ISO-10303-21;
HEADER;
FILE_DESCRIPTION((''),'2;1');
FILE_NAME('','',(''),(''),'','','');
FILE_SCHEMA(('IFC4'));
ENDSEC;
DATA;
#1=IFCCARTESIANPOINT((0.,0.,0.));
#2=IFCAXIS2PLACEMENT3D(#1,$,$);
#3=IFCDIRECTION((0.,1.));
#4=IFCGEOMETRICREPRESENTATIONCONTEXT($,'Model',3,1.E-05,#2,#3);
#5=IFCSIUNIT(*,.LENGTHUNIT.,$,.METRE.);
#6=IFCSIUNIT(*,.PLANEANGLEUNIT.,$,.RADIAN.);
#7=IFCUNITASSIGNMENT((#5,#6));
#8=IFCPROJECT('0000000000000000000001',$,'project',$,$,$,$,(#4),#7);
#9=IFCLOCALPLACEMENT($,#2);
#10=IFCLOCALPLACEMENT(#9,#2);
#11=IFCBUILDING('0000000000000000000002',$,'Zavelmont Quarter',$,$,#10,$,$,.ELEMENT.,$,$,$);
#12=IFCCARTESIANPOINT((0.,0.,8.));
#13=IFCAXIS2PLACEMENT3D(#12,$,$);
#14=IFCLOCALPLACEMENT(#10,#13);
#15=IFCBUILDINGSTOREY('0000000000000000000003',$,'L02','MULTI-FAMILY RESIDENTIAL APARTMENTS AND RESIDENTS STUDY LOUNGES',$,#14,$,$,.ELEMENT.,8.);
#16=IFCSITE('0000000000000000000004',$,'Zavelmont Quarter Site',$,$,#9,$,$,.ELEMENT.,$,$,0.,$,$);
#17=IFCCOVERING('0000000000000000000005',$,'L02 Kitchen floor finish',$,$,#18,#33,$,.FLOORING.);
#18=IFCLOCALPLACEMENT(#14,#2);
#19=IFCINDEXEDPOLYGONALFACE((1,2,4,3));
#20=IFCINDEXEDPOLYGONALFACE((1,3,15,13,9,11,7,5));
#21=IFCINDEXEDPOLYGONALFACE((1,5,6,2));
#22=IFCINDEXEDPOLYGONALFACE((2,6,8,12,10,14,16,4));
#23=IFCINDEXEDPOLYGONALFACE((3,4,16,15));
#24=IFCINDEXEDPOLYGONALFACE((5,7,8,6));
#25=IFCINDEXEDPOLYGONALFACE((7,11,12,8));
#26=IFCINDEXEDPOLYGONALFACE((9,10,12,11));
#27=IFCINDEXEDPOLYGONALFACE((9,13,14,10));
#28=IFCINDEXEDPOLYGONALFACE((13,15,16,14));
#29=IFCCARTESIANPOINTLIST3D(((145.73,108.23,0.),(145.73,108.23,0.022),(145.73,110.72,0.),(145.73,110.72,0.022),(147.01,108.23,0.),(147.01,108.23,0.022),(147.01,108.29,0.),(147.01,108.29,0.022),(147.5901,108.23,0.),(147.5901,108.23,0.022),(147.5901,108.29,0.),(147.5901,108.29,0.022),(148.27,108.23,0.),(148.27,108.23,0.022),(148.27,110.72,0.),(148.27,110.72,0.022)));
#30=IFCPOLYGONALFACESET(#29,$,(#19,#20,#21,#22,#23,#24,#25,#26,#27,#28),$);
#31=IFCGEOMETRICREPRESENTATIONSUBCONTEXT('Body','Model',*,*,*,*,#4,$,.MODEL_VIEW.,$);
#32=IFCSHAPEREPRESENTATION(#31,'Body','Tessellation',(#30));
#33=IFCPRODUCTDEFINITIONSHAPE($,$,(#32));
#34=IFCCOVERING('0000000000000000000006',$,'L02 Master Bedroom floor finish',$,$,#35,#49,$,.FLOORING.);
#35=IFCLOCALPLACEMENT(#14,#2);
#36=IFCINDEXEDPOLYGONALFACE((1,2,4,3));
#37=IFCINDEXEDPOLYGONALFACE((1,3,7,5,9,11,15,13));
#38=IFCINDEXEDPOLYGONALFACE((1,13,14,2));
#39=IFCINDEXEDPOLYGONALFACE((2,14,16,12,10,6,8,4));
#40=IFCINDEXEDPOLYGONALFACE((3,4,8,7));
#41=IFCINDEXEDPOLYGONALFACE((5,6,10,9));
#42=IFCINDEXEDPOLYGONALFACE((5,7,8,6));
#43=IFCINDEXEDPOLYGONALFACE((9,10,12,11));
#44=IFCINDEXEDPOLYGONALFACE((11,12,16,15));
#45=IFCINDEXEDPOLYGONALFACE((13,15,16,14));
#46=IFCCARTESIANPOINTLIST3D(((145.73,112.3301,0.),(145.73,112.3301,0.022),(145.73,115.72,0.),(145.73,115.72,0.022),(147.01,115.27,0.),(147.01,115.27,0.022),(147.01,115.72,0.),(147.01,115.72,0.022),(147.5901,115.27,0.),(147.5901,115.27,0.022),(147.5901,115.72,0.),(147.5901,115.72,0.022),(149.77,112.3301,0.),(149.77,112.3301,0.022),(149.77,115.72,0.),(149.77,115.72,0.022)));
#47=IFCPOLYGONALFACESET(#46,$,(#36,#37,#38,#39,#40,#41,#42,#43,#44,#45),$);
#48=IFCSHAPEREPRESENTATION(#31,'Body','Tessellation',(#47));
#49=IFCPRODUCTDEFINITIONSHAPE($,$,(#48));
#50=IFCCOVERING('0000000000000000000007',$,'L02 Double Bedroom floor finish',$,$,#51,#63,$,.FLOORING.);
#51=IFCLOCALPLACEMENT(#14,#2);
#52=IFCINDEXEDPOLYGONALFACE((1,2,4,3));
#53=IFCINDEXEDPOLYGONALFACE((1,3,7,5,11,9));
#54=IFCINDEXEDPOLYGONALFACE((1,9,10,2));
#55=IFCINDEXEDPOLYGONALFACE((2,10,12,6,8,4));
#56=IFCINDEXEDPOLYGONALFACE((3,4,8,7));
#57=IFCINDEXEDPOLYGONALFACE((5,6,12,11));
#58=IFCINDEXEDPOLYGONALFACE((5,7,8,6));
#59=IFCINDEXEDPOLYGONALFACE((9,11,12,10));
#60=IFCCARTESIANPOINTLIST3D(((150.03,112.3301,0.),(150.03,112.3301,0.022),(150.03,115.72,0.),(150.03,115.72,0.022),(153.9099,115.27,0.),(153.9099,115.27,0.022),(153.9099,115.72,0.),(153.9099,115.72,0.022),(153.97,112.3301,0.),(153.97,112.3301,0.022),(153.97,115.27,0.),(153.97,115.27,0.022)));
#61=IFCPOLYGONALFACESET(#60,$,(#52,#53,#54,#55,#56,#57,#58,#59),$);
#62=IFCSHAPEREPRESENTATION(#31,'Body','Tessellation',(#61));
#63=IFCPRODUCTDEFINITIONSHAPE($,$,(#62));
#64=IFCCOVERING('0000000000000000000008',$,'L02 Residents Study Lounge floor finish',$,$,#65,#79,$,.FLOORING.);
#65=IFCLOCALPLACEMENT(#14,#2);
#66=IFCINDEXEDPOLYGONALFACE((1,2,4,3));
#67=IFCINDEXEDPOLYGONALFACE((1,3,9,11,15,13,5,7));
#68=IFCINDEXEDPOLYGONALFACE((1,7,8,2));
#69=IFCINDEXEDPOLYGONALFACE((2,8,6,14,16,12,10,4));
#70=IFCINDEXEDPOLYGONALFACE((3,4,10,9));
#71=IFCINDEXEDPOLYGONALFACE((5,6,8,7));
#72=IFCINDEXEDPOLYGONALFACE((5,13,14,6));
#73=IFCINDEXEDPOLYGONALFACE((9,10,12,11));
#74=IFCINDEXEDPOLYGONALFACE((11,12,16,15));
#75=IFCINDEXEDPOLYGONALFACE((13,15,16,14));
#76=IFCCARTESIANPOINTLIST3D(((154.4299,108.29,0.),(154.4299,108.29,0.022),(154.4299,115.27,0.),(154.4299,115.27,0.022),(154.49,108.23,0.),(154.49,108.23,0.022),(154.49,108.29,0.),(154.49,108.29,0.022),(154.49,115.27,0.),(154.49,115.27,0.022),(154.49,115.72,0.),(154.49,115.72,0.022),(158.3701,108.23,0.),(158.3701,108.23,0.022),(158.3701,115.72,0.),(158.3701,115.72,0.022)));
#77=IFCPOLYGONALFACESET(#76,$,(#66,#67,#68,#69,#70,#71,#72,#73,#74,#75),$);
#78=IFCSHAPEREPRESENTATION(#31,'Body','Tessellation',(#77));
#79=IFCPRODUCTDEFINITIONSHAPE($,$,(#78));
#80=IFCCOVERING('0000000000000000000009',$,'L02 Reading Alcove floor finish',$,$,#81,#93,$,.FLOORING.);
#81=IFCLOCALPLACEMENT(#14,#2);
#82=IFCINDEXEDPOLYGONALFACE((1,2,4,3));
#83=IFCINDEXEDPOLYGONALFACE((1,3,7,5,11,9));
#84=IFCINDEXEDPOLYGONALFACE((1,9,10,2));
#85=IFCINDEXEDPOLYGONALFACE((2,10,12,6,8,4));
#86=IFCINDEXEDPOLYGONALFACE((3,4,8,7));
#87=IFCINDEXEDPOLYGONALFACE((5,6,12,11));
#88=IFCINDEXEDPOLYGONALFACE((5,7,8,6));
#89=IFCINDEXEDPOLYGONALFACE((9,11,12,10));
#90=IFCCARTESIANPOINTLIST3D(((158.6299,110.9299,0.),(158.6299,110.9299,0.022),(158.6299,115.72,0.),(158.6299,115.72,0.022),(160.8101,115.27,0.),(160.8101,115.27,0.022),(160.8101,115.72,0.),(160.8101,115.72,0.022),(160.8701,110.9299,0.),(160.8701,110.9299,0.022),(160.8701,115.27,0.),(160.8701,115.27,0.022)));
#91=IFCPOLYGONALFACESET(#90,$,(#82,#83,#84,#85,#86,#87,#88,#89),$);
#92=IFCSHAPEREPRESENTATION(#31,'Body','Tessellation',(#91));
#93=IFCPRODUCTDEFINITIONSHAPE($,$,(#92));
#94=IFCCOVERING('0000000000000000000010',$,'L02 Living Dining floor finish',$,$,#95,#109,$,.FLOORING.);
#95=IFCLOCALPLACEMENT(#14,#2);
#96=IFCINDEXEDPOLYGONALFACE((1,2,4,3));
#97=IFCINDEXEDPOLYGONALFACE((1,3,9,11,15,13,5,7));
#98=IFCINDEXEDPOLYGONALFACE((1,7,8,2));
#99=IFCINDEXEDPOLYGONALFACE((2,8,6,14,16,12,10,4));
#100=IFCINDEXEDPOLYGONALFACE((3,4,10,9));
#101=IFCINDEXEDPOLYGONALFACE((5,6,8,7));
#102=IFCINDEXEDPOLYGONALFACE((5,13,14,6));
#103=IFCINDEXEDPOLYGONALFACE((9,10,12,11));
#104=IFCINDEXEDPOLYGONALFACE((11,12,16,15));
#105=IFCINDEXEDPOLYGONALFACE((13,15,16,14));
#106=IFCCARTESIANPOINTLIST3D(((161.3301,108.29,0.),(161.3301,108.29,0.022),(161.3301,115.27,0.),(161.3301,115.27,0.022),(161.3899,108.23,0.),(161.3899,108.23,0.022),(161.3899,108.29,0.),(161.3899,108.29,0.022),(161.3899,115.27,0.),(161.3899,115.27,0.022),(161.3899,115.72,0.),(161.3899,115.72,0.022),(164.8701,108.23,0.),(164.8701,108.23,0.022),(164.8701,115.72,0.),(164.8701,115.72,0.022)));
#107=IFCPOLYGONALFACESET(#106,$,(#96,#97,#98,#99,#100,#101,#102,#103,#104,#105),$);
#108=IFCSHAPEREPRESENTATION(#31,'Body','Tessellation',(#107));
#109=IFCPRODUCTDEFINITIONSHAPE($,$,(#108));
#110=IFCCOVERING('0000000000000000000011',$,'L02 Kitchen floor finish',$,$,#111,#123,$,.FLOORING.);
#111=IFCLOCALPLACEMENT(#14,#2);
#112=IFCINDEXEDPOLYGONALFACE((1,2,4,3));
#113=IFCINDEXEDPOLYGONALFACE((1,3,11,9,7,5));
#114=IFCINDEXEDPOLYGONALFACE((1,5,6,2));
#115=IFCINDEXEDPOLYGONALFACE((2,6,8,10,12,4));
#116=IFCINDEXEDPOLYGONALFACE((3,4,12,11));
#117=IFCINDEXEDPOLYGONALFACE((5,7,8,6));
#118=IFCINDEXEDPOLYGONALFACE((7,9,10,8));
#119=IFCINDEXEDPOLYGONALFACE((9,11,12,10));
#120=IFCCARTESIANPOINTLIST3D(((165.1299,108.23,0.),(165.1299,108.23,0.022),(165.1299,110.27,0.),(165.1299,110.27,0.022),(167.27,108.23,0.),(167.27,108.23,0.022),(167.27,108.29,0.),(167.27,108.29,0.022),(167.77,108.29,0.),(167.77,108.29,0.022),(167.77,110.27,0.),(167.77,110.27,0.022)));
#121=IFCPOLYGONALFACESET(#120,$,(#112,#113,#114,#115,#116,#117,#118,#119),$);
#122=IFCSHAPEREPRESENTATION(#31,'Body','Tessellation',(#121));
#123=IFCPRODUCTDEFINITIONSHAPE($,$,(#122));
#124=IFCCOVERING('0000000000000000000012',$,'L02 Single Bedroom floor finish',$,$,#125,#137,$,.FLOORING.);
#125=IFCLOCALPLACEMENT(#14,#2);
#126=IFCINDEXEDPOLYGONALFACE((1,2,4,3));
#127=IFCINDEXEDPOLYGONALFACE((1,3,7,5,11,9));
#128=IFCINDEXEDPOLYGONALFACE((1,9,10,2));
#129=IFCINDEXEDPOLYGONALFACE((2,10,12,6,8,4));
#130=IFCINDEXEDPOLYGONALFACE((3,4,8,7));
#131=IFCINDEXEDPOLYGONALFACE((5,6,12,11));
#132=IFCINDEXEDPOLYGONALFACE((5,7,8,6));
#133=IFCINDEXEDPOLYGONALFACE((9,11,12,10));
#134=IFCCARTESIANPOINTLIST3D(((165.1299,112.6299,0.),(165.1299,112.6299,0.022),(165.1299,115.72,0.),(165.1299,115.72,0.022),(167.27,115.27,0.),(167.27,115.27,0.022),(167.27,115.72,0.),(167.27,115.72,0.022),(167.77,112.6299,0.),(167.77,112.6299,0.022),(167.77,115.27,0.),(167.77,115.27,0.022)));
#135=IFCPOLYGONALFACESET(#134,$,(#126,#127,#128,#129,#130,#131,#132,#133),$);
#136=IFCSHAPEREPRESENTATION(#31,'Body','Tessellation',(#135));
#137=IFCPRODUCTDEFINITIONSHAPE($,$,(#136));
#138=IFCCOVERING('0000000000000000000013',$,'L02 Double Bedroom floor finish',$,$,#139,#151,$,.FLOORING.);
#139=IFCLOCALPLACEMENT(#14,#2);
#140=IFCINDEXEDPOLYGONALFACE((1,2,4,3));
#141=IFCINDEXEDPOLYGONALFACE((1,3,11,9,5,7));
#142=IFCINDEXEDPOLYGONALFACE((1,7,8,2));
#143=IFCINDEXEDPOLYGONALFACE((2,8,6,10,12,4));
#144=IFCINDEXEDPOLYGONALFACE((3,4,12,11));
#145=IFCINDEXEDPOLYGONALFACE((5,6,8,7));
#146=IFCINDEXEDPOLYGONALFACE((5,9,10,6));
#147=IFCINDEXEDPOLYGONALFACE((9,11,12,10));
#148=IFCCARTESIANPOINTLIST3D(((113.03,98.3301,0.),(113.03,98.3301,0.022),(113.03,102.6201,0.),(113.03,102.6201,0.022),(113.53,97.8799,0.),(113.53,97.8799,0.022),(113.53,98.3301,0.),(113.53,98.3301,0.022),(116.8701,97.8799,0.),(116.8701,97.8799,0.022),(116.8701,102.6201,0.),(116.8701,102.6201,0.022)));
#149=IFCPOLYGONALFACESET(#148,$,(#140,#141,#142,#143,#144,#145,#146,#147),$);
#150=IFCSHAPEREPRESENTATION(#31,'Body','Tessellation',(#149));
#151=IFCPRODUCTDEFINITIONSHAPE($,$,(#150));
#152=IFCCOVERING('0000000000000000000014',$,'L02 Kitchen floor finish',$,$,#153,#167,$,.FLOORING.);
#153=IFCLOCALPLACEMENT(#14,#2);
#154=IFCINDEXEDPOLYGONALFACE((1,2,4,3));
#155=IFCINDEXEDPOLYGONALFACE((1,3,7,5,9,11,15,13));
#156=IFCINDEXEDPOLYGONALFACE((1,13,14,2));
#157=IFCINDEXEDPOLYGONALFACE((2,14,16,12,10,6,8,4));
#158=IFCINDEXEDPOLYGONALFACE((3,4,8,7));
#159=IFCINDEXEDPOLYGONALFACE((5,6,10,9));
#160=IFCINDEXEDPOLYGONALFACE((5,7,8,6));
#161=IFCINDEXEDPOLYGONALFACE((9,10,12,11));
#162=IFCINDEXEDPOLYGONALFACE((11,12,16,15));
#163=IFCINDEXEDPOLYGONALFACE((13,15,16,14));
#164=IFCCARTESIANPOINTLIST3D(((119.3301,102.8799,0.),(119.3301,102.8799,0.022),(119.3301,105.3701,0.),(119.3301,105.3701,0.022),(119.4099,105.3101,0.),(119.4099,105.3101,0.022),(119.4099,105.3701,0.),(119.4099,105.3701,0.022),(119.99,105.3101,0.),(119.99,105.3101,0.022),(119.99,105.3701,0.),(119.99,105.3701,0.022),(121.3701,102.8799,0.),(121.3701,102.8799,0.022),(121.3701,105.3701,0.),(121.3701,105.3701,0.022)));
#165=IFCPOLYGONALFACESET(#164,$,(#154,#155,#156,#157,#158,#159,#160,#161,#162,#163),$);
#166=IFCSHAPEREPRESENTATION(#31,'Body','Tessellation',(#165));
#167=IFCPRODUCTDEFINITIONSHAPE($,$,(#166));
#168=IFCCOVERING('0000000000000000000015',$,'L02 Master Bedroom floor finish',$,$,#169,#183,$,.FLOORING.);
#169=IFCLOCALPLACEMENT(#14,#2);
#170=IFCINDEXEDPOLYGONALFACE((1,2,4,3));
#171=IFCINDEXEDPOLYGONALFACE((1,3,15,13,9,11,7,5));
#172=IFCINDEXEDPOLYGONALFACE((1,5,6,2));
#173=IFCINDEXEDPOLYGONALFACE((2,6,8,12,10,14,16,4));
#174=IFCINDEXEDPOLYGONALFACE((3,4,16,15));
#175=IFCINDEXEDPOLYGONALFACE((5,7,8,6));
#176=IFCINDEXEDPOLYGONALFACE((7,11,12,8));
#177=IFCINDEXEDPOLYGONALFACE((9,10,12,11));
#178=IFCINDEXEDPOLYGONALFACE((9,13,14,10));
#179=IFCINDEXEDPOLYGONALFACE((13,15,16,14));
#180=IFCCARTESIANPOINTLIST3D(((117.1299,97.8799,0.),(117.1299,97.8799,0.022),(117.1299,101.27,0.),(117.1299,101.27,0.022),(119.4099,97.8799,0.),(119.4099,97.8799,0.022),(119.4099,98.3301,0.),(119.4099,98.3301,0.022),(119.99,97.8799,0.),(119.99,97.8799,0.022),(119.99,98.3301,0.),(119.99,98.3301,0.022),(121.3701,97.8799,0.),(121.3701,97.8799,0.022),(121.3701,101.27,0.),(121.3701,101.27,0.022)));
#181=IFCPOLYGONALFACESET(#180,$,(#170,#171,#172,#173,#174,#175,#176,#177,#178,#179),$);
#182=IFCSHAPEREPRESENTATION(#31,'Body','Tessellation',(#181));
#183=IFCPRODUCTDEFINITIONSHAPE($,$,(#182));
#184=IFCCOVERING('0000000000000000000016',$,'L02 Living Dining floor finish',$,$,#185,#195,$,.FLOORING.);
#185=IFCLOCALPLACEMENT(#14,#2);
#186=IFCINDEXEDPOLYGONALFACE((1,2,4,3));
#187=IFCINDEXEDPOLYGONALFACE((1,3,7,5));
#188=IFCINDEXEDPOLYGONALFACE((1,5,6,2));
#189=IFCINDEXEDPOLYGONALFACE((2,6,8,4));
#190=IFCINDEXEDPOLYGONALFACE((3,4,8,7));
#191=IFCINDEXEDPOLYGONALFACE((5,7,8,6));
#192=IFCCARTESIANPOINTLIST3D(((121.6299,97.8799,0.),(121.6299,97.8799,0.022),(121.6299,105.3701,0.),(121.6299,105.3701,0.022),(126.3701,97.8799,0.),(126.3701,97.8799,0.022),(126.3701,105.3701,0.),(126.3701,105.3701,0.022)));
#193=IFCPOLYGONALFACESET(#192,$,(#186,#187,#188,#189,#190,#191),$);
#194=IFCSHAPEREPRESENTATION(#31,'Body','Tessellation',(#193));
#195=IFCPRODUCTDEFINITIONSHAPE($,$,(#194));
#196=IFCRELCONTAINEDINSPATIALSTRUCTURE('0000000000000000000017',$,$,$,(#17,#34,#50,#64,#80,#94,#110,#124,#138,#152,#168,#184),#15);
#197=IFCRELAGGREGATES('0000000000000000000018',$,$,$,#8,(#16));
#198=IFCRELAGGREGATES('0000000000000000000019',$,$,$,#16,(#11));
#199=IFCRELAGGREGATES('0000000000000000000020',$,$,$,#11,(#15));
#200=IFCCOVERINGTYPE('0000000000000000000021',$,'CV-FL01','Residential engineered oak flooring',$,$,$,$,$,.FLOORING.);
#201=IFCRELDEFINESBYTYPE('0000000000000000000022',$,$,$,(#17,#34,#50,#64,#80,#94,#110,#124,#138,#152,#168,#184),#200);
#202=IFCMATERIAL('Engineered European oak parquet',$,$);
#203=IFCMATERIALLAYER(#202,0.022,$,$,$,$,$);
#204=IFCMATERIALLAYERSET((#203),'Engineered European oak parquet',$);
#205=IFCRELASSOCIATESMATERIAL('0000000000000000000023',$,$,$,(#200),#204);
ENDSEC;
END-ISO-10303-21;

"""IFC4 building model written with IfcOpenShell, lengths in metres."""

from ifc_helpers import new_model, si_unit, direction, frame, origin, place, context, subcontext, project, spatial, polyline, outline, extrude, material, layer, layer_set, type_object, element, save


model = new_model("IFC4")

# Units and contexts
model_context = context("Model", 3, precision=1e-05, world=origin(), true_north=direction((0.0, 1.0)))
body_context = subcontext(model_context, "Body", "Model", "MODEL_VIEW")
ifc_project = project(units=[si_unit("LENGTHUNIT", "METRE"), si_unit("PLANEANGLEUNIT", "RADIAN")], contexts=[model_context])

# Site, building, storey
site_placement = place(None, origin())
site = spatial("IfcSite", under=ifc_project, at=site_placement, Name="Zavelmont Quarter Site", CompositionType="ELEMENT", RefElevation=0.0)
building_placement = place(site_placement, origin())
building = spatial("IfcBuilding", under=site, at=building_placement, Name="Zavelmont Quarter", CompositionType="ELEMENT")
storey_placement = place(building_placement, frame((0.0, 0.0, 8.0)))
storey = spatial("IfcBuildingStorey", under=building, at=storey_placement, Name="L02", Description="MULTI-FAMILY RESIDENTIAL APARTMENTS AND RESIDENTS STUDY LOUNGES", CompositionType="ELEMENT", Elevation=8.0)

# Coverings
ifc_material_1 = material(Name="Engineered European oak parquet")
ifc_layer_1 = layer(ifc_material_1, 0.022)
ifc_layer_set_1 = layer_set([ifc_layer_1], Name="Engineered European oak parquet")
covering_type_1 = type_object("IfcCoveringType", Name="CV-FL01", Description="Residential engineered oak flooring", PredefinedType="FLOORING", material=ifc_layer_set_1)
covering_1_placement = place(storey_placement, origin())
element("IfcCovering", 1, at=covering_1_placement, inside=storey, type_object=covering_type_1, Name="L02 Kitchen floor finish", PredefinedType="FLOORING", context=body_context, shape_type="SweptSolid", body=[
    extrude(outline(polyline([(145.73, 110.72), (148.27, 110.72), (148.27, 108.23), (147.5901, 108.23), (147.5901, 108.29), (147.01, 108.29), (147.01, 108.23), (145.73, 108.23), (145.73, 110.72)])), origin(), (0.0, 0.0, 1.0), 0.022),
])
covering_2_placement = place(storey_placement, origin())
element("IfcCovering", 2, at=covering_2_placement, inside=storey, type_object=covering_type_1, Name="L02 Master Bedroom floor finish", PredefinedType="FLOORING", context=body_context, shape_type="SweptSolid", body=[
    extrude(outline(polyline([(145.73, 115.72), (147.01, 115.72), (147.01, 115.27), (147.5901, 115.27), (147.5901, 115.72), (149.77, 115.72), (149.77, 112.3301), (145.73, 112.3301), (145.73, 115.72)])), origin(), (0.0, 0.0, 1.0), 0.022),
])
covering_3_placement = place(storey_placement, origin())
element("IfcCovering", 3, at=covering_3_placement, inside=storey, type_object=covering_type_1, Name="L02 Double Bedroom floor finish", PredefinedType="FLOORING", context=body_context, shape_type="SweptSolid", body=[
    extrude(outline(polyline([(150.03, 115.72), (153.9099, 115.72), (153.9099, 115.27), (153.97, 115.27), (153.97, 112.3301), (150.03, 112.3301), (150.03, 115.72)])), origin(), (0.0, 0.0, 1.0), 0.022),
])
covering_4_placement = place(storey_placement, origin())
element("IfcCovering", 4, at=covering_4_placement, inside=storey, type_object=covering_type_1, Name="L02 Residents Study Lounge floor finish", PredefinedType="FLOORING", context=body_context, shape_type="SweptSolid", body=[
    extrude(outline(polyline([(154.4299, 115.27), (154.49, 115.27), (154.49, 115.72), (158.3701, 115.72), (158.3701, 108.23), (154.49, 108.23), (154.49, 108.29), (154.4299, 108.29), (154.4299, 115.27)])), origin(), (0.0, 0.0, 1.0), 0.022),
])
covering_5_placement = place(storey_placement, origin())
element("IfcCovering", 5, at=covering_5_placement, inside=storey, type_object=covering_type_1, Name="L02 Reading Alcove floor finish", PredefinedType="FLOORING", context=body_context, shape_type="SweptSolid", body=[
    extrude(outline(polyline([(158.6299, 115.72), (160.8101, 115.72), (160.8101, 115.27), (160.8701, 115.27), (160.8701, 110.9299), (158.6299, 110.9299), (158.6299, 115.72)])), origin(), (0.0, 0.0, 1.0), 0.022),
])
covering_6_placement = place(storey_placement, origin())
element("IfcCovering", 6, at=covering_6_placement, inside=storey, type_object=covering_type_1, Name="L02 Living Dining floor finish", PredefinedType="FLOORING", context=body_context, shape_type="SweptSolid", body=[
    extrude(outline(polyline([(161.3301, 115.27), (161.3899, 115.27), (161.3899, 115.72), (164.8701, 115.72), (164.8701, 108.23), (161.3899, 108.23), (161.3899, 108.29), (161.3301, 108.29), (161.3301, 115.27)])), origin(), (0.0, 0.0, 1.0), 0.022),
])
covering_7_placement = place(storey_placement, origin())
element("IfcCovering", 7, at=covering_7_placement, inside=storey, type_object=covering_type_1, Name="L02 Kitchen floor finish", PredefinedType="FLOORING", context=body_context, shape_type="SweptSolid", body=[
    extrude(outline(polyline([(165.1299, 110.27), (167.77, 110.27), (167.77, 108.29), (167.27, 108.29), (167.27, 108.23), (165.1299, 108.23), (165.1299, 110.27)])), origin(), (0.0, 0.0, 1.0), 0.022),
])
covering_8_placement = place(storey_placement, origin())
element("IfcCovering", 8, at=covering_8_placement, inside=storey, type_object=covering_type_1, Name="L02 Single Bedroom floor finish", PredefinedType="FLOORING", context=body_context, shape_type="SweptSolid", body=[
    extrude(outline(polyline([(165.1299, 115.72), (167.27, 115.72), (167.27, 115.27), (167.77, 115.27), (167.77, 112.6299), (165.1299, 112.6299), (165.1299, 115.72)])), origin(), (0.0, 0.0, 1.0), 0.022),
])
covering_9_placement = place(storey_placement, origin())
element("IfcCovering", 9, at=covering_9_placement, inside=storey, type_object=covering_type_1, Name="L02 Double Bedroom floor finish", PredefinedType="FLOORING", context=body_context, shape_type="SweptSolid", body=[
    extrude(outline(polyline([(113.03, 102.6201), (116.8701, 102.6201), (116.8701, 97.8799), (113.53, 97.8799), (113.53, 98.3301), (113.03, 98.3301), (113.03, 102.6201)])), origin(), (0.0, 0.0, 1.0), 0.022),
])
covering_10_placement = place(storey_placement, origin())
element("IfcCovering", 10, at=covering_10_placement, inside=storey, type_object=covering_type_1, Name="L02 Kitchen floor finish", PredefinedType="FLOORING", context=body_context, shape_type="SweptSolid", body=[
    extrude(outline(polyline([(119.3301, 105.3701), (119.4099, 105.3701), (119.4099, 105.3101), (119.99, 105.3101), (119.99, 105.3701), (121.3701, 105.3701), (121.3701, 102.8799), (119.3301, 102.8799), (119.3301, 105.3701)])), origin(), (0.0, 0.0, 1.0), 0.022),
])
covering_11_placement = place(storey_placement, origin())
element("IfcCovering", 11, at=covering_11_placement, inside=storey, type_object=covering_type_1, Name="L02 Master Bedroom floor finish", PredefinedType="FLOORING", context=body_context, shape_type="SweptSolid", body=[
    extrude(outline(polyline([(117.1299, 101.27), (121.3701, 101.27), (121.3701, 97.8799), (119.99, 97.8799), (119.99, 98.3301), (119.4099, 98.3301), (119.4099, 97.8799), (117.1299, 97.8799), (117.1299, 101.27)])), origin(), (0.0, 0.0, 1.0), 0.022),
])
covering_12_placement = place(storey_placement, origin())
element("IfcCovering", 12, at=covering_12_placement, inside=storey, type_object=covering_type_1, Name="L02 Living Dining floor finish", PredefinedType="FLOORING", context=body_context, shape_type="SweptSolid", body=[
    extrude(outline(polyline([(121.6299, 105.3701), (126.3701, 105.3701), (126.3701, 97.8799), (121.6299, 97.8799), (121.6299, 105.3701)])), origin(), (0.0, 0.0, 1.0), 0.022),
])

save(model, "model.ifc")
